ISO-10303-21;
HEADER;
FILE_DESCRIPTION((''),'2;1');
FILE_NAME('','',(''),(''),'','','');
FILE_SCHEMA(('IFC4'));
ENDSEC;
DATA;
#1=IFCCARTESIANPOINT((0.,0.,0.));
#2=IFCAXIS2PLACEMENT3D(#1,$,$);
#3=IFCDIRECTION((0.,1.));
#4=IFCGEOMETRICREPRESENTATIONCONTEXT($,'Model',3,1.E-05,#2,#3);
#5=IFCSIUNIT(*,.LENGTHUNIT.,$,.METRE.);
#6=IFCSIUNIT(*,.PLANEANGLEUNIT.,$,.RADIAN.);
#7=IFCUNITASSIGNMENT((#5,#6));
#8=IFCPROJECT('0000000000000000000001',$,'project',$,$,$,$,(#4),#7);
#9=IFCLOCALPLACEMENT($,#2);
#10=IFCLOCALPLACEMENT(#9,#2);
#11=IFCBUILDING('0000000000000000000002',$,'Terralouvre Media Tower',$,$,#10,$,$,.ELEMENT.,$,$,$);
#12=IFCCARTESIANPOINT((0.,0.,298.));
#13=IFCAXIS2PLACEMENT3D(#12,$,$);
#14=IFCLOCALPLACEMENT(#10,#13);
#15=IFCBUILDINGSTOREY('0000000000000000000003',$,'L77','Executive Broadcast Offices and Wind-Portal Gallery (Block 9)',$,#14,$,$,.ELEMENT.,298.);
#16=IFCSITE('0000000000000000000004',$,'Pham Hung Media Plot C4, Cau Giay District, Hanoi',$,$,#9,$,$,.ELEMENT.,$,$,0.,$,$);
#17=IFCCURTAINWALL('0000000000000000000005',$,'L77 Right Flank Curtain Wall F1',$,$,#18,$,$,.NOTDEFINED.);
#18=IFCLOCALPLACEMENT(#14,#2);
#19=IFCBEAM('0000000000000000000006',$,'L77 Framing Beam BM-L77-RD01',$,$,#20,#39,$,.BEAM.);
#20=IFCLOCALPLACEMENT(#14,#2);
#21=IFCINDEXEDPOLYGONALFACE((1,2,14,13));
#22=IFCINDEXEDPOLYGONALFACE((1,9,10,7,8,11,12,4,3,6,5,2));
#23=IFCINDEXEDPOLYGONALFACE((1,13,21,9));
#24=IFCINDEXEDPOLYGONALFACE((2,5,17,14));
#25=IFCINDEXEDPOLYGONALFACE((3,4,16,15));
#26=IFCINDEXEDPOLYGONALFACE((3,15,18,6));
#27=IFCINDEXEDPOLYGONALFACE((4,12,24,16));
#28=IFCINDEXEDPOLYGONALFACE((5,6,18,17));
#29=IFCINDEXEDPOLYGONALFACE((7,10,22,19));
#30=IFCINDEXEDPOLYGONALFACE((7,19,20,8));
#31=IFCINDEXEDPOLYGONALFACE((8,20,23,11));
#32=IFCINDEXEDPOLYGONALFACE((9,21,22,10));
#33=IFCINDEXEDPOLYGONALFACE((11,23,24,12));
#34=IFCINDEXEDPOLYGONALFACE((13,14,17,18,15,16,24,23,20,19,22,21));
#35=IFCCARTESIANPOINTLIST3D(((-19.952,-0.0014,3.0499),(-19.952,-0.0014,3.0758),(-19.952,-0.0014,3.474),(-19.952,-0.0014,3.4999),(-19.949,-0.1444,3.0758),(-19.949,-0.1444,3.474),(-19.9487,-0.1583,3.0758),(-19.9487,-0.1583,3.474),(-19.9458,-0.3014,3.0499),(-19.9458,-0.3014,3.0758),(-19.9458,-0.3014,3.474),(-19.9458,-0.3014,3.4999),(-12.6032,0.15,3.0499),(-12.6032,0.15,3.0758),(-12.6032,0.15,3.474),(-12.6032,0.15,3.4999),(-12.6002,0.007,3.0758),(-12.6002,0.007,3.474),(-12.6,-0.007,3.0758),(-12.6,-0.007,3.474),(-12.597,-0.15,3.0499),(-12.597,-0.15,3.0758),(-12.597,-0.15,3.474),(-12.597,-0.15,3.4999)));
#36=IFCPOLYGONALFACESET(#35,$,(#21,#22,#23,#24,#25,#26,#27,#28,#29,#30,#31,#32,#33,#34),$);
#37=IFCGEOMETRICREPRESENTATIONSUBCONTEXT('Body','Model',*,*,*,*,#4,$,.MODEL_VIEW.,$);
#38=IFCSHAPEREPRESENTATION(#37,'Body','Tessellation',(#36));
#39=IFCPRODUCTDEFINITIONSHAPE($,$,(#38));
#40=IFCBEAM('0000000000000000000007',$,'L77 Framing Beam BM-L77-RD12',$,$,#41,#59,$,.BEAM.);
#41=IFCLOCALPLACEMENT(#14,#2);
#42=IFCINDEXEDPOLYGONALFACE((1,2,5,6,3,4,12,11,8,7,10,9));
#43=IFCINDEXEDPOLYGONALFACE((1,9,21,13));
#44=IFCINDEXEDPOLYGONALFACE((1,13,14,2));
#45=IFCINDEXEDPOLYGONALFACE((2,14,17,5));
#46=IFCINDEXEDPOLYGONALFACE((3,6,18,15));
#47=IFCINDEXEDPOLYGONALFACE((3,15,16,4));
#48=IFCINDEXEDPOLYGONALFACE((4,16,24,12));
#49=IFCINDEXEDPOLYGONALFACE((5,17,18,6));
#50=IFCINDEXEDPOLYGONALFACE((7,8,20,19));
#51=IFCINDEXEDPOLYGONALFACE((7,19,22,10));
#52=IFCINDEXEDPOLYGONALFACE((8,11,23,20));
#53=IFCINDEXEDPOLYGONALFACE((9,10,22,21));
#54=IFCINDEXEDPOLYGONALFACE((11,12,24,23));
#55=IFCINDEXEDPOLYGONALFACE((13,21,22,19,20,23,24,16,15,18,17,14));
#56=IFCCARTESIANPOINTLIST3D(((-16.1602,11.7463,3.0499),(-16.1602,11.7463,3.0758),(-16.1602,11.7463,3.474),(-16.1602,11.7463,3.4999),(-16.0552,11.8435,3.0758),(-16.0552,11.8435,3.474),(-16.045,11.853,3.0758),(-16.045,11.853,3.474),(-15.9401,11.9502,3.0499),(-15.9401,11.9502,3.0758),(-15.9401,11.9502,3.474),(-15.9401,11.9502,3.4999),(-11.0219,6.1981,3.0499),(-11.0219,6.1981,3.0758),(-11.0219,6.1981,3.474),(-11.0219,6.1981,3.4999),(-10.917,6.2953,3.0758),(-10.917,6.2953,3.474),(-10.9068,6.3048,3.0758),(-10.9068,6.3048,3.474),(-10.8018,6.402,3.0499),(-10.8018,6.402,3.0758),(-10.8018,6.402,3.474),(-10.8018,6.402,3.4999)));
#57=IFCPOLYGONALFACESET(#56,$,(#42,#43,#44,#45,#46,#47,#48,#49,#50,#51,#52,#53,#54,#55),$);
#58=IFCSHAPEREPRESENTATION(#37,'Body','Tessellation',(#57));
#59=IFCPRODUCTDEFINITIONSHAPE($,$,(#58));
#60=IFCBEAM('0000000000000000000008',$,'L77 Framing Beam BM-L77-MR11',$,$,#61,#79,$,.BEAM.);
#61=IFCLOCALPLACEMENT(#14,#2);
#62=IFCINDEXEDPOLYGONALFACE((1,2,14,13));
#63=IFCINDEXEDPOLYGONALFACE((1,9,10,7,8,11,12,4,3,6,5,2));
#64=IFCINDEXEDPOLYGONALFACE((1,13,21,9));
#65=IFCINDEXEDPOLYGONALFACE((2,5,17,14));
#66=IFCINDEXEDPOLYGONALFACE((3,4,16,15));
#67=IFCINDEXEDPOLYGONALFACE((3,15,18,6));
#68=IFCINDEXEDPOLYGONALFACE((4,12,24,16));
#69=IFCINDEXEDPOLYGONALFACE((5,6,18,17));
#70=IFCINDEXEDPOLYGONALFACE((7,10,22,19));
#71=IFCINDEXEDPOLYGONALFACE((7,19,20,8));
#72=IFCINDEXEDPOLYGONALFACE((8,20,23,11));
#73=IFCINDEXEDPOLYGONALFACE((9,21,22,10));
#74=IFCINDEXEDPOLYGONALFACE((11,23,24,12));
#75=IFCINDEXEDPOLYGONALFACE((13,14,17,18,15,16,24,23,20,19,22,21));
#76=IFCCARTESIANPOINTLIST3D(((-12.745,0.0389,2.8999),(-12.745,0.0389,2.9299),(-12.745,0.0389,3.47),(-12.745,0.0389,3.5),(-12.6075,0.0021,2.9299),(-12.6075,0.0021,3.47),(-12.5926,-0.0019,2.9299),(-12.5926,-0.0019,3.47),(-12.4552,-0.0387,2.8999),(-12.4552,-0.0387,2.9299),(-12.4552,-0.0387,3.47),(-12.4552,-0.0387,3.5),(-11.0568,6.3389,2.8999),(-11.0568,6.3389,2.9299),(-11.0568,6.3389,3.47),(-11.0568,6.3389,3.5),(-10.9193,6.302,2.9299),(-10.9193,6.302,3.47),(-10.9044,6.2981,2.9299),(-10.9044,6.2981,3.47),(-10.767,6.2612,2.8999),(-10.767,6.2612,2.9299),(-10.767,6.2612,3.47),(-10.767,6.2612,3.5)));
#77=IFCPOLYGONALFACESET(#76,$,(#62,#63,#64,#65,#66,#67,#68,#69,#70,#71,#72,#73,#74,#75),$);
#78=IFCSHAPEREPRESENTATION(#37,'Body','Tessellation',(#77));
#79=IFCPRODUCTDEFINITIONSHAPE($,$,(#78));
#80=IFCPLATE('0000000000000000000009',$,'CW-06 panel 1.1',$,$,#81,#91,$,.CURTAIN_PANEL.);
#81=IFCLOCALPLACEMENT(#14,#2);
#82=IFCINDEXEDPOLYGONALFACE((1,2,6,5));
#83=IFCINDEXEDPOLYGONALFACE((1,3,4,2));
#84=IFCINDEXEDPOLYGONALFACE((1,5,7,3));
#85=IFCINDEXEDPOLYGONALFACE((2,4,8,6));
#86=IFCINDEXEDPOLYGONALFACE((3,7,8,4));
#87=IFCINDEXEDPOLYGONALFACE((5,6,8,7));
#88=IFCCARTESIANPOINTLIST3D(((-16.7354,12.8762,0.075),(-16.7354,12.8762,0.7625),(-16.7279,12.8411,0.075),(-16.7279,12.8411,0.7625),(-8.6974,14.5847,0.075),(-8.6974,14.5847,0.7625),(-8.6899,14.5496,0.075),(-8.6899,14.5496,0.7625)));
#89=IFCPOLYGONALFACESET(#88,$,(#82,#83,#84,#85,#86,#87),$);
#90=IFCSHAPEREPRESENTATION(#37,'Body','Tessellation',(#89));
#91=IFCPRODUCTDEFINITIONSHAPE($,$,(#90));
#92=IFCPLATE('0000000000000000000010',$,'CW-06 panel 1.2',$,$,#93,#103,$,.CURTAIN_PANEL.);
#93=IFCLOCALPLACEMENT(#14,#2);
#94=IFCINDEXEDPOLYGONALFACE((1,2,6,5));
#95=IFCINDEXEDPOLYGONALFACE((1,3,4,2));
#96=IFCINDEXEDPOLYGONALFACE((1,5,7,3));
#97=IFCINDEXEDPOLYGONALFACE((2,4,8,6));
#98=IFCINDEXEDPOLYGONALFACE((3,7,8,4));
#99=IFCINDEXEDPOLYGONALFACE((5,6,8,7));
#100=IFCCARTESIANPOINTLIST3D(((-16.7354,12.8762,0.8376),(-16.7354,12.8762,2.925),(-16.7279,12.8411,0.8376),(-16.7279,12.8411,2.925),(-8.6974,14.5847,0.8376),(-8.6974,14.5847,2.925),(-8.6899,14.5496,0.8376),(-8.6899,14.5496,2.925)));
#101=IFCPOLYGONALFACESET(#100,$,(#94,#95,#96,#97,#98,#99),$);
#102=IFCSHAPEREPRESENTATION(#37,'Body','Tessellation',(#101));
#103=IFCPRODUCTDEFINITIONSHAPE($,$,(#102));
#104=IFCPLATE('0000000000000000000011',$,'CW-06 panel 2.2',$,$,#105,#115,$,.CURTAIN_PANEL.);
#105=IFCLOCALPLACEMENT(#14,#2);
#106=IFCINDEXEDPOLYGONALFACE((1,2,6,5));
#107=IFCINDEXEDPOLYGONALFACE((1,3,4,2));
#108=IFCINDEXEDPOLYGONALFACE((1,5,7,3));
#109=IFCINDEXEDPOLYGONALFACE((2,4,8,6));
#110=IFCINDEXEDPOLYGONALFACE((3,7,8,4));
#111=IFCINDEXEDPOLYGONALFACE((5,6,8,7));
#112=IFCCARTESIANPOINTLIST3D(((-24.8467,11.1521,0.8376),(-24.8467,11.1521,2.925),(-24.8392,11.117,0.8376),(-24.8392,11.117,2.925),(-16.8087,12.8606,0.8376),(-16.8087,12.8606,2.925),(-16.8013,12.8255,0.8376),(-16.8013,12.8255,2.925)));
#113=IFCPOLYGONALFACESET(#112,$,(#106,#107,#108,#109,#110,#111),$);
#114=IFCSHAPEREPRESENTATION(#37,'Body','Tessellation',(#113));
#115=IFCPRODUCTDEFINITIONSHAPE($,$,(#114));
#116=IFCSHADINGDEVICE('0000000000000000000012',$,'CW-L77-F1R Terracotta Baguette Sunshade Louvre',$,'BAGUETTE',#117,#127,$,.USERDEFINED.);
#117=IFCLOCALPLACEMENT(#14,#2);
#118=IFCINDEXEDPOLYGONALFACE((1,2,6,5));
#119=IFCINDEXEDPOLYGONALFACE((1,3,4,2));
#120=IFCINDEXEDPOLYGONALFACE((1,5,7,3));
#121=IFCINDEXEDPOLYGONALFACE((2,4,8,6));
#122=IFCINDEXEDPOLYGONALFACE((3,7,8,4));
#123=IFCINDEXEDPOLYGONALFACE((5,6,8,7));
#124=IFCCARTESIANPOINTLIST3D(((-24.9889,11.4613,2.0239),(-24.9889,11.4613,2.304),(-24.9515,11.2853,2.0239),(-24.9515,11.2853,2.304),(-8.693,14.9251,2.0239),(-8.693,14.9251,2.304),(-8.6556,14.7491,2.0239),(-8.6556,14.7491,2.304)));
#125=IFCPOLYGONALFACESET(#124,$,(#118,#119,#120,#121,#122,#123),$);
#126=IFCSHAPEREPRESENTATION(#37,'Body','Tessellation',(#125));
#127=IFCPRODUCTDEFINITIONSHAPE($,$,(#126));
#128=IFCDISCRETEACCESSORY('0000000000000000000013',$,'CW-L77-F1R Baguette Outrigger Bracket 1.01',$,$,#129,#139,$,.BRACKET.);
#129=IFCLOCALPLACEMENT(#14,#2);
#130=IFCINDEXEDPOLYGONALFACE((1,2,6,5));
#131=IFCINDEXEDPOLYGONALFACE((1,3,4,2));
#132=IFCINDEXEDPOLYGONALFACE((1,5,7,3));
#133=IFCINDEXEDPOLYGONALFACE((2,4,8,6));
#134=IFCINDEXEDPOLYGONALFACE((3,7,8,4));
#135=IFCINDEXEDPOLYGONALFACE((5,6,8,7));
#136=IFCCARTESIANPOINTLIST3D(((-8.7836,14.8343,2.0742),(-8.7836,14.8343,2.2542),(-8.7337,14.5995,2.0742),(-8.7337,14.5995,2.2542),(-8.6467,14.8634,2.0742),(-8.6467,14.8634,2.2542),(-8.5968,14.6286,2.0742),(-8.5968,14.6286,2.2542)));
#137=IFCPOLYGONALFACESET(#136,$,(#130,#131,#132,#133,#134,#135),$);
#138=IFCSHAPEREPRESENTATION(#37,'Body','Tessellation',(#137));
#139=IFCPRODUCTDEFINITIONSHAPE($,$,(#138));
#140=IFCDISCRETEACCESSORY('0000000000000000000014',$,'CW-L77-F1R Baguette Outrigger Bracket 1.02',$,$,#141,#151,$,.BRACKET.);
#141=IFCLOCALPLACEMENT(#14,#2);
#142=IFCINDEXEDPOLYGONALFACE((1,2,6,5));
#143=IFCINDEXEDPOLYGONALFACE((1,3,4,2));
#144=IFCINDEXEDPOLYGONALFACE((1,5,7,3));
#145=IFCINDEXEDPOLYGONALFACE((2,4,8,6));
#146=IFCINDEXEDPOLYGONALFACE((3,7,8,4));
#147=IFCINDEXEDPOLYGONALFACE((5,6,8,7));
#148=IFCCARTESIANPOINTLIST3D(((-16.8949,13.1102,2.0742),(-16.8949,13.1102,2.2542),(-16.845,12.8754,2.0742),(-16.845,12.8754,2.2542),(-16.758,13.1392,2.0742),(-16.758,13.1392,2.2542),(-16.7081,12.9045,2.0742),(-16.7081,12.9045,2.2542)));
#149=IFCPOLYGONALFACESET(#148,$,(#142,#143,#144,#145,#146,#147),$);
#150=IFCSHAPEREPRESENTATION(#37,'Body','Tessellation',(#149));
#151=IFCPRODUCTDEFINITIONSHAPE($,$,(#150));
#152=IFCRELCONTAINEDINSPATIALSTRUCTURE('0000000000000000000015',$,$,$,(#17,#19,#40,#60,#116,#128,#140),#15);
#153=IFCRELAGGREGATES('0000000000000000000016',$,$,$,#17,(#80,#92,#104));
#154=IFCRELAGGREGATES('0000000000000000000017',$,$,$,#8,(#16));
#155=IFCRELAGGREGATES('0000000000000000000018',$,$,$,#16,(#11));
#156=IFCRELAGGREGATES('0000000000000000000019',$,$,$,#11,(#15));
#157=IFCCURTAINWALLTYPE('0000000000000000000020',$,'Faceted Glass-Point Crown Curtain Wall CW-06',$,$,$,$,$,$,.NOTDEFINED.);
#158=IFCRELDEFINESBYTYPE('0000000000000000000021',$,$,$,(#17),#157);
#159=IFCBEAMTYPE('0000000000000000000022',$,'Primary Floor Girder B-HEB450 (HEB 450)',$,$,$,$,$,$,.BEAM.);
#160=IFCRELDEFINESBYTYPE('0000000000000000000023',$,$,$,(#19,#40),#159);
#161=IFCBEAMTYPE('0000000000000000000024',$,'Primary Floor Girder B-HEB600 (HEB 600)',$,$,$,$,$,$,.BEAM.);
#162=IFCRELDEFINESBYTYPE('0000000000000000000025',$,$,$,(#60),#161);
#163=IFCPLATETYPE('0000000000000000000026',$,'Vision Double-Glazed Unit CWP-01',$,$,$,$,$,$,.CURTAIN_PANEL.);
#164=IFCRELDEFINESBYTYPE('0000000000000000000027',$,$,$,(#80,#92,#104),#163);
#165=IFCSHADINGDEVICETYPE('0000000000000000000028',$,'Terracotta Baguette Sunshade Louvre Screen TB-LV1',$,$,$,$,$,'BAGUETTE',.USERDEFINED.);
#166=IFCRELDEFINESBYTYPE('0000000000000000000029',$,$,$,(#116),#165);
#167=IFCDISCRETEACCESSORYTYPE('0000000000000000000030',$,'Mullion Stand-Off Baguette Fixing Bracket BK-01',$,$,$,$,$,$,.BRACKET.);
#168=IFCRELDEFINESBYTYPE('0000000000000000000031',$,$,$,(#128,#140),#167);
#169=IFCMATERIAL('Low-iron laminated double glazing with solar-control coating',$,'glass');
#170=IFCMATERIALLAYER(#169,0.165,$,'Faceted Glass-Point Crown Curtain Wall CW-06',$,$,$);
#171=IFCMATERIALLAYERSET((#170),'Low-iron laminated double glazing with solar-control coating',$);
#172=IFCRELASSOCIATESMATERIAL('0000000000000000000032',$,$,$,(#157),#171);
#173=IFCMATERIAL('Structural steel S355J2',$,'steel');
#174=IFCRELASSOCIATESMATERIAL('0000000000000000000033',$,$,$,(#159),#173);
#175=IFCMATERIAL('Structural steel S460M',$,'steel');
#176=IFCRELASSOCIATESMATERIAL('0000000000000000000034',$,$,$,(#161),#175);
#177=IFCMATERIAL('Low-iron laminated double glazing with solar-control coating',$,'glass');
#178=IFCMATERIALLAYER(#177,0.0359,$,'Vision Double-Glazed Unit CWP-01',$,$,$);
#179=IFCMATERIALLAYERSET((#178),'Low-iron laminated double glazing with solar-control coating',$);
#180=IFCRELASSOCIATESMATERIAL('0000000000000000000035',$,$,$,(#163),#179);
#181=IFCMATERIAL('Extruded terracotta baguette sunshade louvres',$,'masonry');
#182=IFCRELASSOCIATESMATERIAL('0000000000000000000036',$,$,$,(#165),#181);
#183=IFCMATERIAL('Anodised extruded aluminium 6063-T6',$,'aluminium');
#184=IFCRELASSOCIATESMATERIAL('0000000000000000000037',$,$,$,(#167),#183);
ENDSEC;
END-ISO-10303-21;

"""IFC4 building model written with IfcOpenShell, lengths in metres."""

from ifc_helpers import new_model, si_unit, direction, frame, origin, origin_2d, place, context, subcontext, project, spatial, rectangle, i_section, extrude, material, layer, layer_set, material_profile, profile_set, type_object, element, aggregate, save


model = new_model("IFC4")

# Units and contexts
model_context = context("Model", 3, precision=1e-05, world=origin(), true_north=direction((0.0, 1.0)))
body_context = subcontext(model_context, "Body", "Model", "MODEL_VIEW")
ifc_project = project(units=[si_unit("LENGTHUNIT", "METRE"), si_unit("PLANEANGLEUNIT", "RADIAN")], contexts=[model_context])

# Site, building, storey
site_placement = place(None, origin())
site = spatial("IfcSite", under=ifc_project, at=site_placement, Name="Pham Hung Media Plot C4, Cau Giay District, Hanoi", CompositionType="ELEMENT", RefElevation=0.0)
building_placement = place(site_placement, origin())
building = spatial("IfcBuilding", under=site, at=building_placement, Name="Terralouvre Media Tower", CompositionType="ELEMENT")
storey_placement = place(building_placement, frame((0.0, 0.0, 298.0)))
storey = spatial("IfcBuildingStorey", under=building, at=storey_placement, Name="L77", Description="Executive Broadcast Offices and Wind-Portal Gallery (Block 9)", CompositionType="ELEMENT", Elevation=298.0)

# Curtain wall
ifc_material_1 = material(Name="Low-iron laminated double glazing with solar-control coating", Category="glass")
ifc_layer_1 = layer(ifc_material_1, 0.165, Name="Faceted Glass-Point Crown Curtain Wall CW-06")
ifc_layer_set_1 = layer_set([ifc_layer_1], Name="Low-iron laminated double glazing with solar-control coating")
curtain_wall_type = type_object("IfcCurtainWallType", Name="Faceted Glass-Point Crown Curtain Wall CW-06", PredefinedType="NOTDEFINED", material=ifc_layer_set_1)
curtain_wall_placement = place(storey_placement, origin())
curtain_wall = element("IfcCurtainWall", 1, at=curtain_wall_placement, inside=storey, type_object=curtain_wall_type, Name="L77 Right Flank Curtain Wall F1", PredefinedType="NOTDEFINED")

# Beams
ifc_material_2 = material(Name="Structural steel S355J2", Category="steel")
ifc_material_profile_1 = material_profile(ifc_material_2, i_section(OverallWidth=0.3, OverallDepth=0.45, WebThickness=0.0139, FlangeThickness=0.0259, at=origin_2d()), Name="HEB 450")
ifc_profile_set_1 = profile_set([ifc_material_profile_1], Name="Structural steel S355J2")
beam_type_1 = type_object("IfcBeamType", Name="Primary Floor Girder B-HEB450 (HEB 450)", PredefinedType="BEAM", material=ifc_profile_set_1)
beam_1_placement = place(storey_placement, frame((-12.6001, 0.0, 3.2749), z_axis=(-0.999788, -0.020593, 0.0), x_axis=(0.020593, -0.999788, 0.0)))
element("IfcBeam", 2, at=beam_1_placement, inside=storey, type_object=beam_type_1, Name="L77 Framing Beam BM-L77-RD01", PredefinedType="BEAM", context=body_context, shape_type="SweptSolid", body=[
    extrude(i_section(OverallWidth=0.3, OverallDepth=0.45, WebThickness=0.0139, FlangeThickness=0.0259, at=origin_2d()), origin(), (0.0, 0.0, 1.0), 7.3503),
])
beam_2_placement = place(storey_placement, frame((-10.9119, 6.3, 3.2749), z_axis=(-0.679483, 0.733691, 0.0), x_axis=(-0.733691, -0.679483, 0.0)))
element("IfcBeam", 3, at=beam_2_placement, inside=storey, type_object=beam_type_1, Name="L77 Framing Beam BM-L77-RD12", PredefinedType="BEAM", context=body_context, shape_type="SweptSolid", body=[
    extrude(i_section(OverallWidth=0.3, OverallDepth=0.45, WebThickness=0.0139, FlangeThickness=0.0259, at=origin_2d()), origin(), (0.0, 0.0, 1.0), 7.562),
])
ifc_material_3 = material(Name="Structural steel S460M", Category="steel")
ifc_material_profile_2 = material_profile(ifc_material_3, i_section(OverallWidth=0.3, OverallDepth=0.6001, WebThickness=0.0154, FlangeThickness=0.03, at=origin_2d()), Name="HEB 600")
ifc_profile_set_2 = profile_set([ifc_material_profile_2], Name="Structural steel S460M")
beam_type_2 = type_object("IfcBeamType", Name="Primary Floor Girder B-HEB600 (HEB 600)", PredefinedType="BEAM", material=ifc_profile_set_2)
beam_3_placement = place(storey_placement, frame((-10.9119, 6.3, 3.2), z_axis=(-0.258839, -0.96592, 0.0), x_axis=(0.96592, -0.258839, 0.0)))
element("IfcBeam", 4, at=beam_3_placement, inside=storey, type_object=beam_type_2, Name="L77 Framing Beam BM-L77-MR11", PredefinedType="BEAM", context=body_context, shape_type="SweptSolid", body=[
    extrude(i_section(OverallWidth=0.3, OverallDepth=0.6001, WebThickness=0.0154, FlangeThickness=0.03, at=origin_2d()), origin(), (0.0, 0.0, 1.0), 6.5222),
])

# Plates
ifc_material_4 = material(Name="Low-iron laminated double glazing with solar-control coating", Category="glass")
ifc_layer_2 = layer(ifc_material_4, 0.0359, Name="Vision Double-Glazed Unit CWP-01")
ifc_layer_set_2 = layer_set([ifc_layer_2], Name="Low-iron laminated double glazing with solar-control coating")
plate_type = type_object("IfcPlateType", Name="Vision Double-Glazed Unit CWP-01", PredefinedType="CURTAIN_PANEL", material=ifc_layer_set_2)
plate_1_placement = place(storey_placement, frame((-12.7126, 13.7129, 0.075), z_axis=(0.0, 0.0, 1.0), x_axis=(-0.978148, -0.207911, 0.0)))
plate_1 = element("IfcPlate", 5, at=plate_1_placement, type_object=plate_type, Name="CW-06 panel 1.1", PredefinedType="CURTAIN_PANEL", context=body_context, shape_type="SweptSolid", body=[
    extrude(rectangle(XDim=8.2175, YDim=0.0359, at=origin_2d()), origin(), (0.0, 0.0, 1.0), 0.6875),
])
plate_2_placement = place(storey_placement, frame((-12.7126, 13.7129, 0.8376), z_axis=(0.0, 0.0, 1.0), x_axis=(-0.978148, -0.207911, 0.0)))
plate_2 = element("IfcPlate", 6, at=plate_2_placement, type_object=plate_type, Name="CW-06 panel 1.2", PredefinedType="CURTAIN_PANEL", context=body_context, shape_type="SweptSolid", body=[
    extrude(rectangle(XDim=8.2175, YDim=0.0359, at=origin_2d()), origin(), (0.0, 0.0, 1.0), 2.0874),
])
plate_3_placement = place(storey_placement, frame((-20.824, 11.9888, 0.8376), z_axis=(0.0, 0.0, 1.0), x_axis=(-0.978148, -0.207911, 0.0)))
plate_3 = element("IfcPlate", 7, at=plate_3_placement, type_object=plate_type, Name="CW-06 panel 2.2", PredefinedType="CURTAIN_PANEL", context=body_context, shape_type="SweptSolid", body=[
    extrude(rectangle(XDim=8.2175, YDim=0.0359, at=origin_2d()), origin(), (0.0, 0.0, 1.0), 2.0874),
])
aggregate(curtain_wall, [plate_1, plate_2, plate_3])

# Shading device
ifc_material_5 = material(Name="Extruded terracotta baguette sunshade louvres", Category="masonry")
shading_device_type = type_object("IfcShadingDeviceType", Name="Terracotta Baguette Sunshade Louvre Screen TB-LV1", ElementType="BAGUETTE", PredefinedType="USERDEFINED", material=ifc_material_5)
shading_device_placement = place(storey_placement, frame((-16.8223, 13.1052, 2.0239), z_axis=(0.0, 0.0, 1.0), x_axis=(-0.978148, -0.207911, 0.0)))
element("IfcShadingDevice", 8, at=shading_device_placement, inside=storey, type_object=shading_device_type, Name="CW-L77-F1R Terracotta Baguette Sunshade Louvre", ObjectType="BAGUETTE", PredefinedType="USERDEFINED", context=body_context, shape_type="SweptSolid", body=[
    extrude(rectangle(XDim=16.6599, YDim=0.1799, at=origin_2d()), origin(), (0.0, 0.0, 1.0), 0.28),
])

# Discrete accessories
ifc_material_6 = material(Name="Anodised extruded aluminium 6063-T6", Category="aluminium")
discrete_accessory_type = type_object("IfcDiscreteAccessoryType", Name="Mullion Stand-Off Baguette Fixing Bracket BK-01", PredefinedType="BRACKET", material=ifc_material_6)
for number, where, z_axis, x_axis, name in (
    (9, (-8.6902, 14.7314, 2.0742), (0.0, 0.0, 1.0), (-0.978148, -0.207911, 0.0), "CW-L77-F1R Baguette Outrigger Bracket 1.01"),
    (10, (-16.8015, 13.0073, 2.0742), (0.0, 0.0, 1.0), (-0.978148, -0.207911, 0.0), "CW-L77-F1R Baguette Outrigger Bracket 1.02"),
):
    element("IfcDiscreteAccessory", number, at=place(storey_placement, frame(where, z_axis=z_axis, x_axis=x_axis)), inside=storey, type_object=discrete_accessory_type, Name=name, PredefinedType="BRACKET", context=body_context, shape_type="SweptSolid", body=[
        extrude(rectangle(XDim=0.1399, YDim=0.24, at=origin_2d()), origin(), (0.0, 0.0, 1.0), 0.1799),
    ])

save(model, "model.ifc")
